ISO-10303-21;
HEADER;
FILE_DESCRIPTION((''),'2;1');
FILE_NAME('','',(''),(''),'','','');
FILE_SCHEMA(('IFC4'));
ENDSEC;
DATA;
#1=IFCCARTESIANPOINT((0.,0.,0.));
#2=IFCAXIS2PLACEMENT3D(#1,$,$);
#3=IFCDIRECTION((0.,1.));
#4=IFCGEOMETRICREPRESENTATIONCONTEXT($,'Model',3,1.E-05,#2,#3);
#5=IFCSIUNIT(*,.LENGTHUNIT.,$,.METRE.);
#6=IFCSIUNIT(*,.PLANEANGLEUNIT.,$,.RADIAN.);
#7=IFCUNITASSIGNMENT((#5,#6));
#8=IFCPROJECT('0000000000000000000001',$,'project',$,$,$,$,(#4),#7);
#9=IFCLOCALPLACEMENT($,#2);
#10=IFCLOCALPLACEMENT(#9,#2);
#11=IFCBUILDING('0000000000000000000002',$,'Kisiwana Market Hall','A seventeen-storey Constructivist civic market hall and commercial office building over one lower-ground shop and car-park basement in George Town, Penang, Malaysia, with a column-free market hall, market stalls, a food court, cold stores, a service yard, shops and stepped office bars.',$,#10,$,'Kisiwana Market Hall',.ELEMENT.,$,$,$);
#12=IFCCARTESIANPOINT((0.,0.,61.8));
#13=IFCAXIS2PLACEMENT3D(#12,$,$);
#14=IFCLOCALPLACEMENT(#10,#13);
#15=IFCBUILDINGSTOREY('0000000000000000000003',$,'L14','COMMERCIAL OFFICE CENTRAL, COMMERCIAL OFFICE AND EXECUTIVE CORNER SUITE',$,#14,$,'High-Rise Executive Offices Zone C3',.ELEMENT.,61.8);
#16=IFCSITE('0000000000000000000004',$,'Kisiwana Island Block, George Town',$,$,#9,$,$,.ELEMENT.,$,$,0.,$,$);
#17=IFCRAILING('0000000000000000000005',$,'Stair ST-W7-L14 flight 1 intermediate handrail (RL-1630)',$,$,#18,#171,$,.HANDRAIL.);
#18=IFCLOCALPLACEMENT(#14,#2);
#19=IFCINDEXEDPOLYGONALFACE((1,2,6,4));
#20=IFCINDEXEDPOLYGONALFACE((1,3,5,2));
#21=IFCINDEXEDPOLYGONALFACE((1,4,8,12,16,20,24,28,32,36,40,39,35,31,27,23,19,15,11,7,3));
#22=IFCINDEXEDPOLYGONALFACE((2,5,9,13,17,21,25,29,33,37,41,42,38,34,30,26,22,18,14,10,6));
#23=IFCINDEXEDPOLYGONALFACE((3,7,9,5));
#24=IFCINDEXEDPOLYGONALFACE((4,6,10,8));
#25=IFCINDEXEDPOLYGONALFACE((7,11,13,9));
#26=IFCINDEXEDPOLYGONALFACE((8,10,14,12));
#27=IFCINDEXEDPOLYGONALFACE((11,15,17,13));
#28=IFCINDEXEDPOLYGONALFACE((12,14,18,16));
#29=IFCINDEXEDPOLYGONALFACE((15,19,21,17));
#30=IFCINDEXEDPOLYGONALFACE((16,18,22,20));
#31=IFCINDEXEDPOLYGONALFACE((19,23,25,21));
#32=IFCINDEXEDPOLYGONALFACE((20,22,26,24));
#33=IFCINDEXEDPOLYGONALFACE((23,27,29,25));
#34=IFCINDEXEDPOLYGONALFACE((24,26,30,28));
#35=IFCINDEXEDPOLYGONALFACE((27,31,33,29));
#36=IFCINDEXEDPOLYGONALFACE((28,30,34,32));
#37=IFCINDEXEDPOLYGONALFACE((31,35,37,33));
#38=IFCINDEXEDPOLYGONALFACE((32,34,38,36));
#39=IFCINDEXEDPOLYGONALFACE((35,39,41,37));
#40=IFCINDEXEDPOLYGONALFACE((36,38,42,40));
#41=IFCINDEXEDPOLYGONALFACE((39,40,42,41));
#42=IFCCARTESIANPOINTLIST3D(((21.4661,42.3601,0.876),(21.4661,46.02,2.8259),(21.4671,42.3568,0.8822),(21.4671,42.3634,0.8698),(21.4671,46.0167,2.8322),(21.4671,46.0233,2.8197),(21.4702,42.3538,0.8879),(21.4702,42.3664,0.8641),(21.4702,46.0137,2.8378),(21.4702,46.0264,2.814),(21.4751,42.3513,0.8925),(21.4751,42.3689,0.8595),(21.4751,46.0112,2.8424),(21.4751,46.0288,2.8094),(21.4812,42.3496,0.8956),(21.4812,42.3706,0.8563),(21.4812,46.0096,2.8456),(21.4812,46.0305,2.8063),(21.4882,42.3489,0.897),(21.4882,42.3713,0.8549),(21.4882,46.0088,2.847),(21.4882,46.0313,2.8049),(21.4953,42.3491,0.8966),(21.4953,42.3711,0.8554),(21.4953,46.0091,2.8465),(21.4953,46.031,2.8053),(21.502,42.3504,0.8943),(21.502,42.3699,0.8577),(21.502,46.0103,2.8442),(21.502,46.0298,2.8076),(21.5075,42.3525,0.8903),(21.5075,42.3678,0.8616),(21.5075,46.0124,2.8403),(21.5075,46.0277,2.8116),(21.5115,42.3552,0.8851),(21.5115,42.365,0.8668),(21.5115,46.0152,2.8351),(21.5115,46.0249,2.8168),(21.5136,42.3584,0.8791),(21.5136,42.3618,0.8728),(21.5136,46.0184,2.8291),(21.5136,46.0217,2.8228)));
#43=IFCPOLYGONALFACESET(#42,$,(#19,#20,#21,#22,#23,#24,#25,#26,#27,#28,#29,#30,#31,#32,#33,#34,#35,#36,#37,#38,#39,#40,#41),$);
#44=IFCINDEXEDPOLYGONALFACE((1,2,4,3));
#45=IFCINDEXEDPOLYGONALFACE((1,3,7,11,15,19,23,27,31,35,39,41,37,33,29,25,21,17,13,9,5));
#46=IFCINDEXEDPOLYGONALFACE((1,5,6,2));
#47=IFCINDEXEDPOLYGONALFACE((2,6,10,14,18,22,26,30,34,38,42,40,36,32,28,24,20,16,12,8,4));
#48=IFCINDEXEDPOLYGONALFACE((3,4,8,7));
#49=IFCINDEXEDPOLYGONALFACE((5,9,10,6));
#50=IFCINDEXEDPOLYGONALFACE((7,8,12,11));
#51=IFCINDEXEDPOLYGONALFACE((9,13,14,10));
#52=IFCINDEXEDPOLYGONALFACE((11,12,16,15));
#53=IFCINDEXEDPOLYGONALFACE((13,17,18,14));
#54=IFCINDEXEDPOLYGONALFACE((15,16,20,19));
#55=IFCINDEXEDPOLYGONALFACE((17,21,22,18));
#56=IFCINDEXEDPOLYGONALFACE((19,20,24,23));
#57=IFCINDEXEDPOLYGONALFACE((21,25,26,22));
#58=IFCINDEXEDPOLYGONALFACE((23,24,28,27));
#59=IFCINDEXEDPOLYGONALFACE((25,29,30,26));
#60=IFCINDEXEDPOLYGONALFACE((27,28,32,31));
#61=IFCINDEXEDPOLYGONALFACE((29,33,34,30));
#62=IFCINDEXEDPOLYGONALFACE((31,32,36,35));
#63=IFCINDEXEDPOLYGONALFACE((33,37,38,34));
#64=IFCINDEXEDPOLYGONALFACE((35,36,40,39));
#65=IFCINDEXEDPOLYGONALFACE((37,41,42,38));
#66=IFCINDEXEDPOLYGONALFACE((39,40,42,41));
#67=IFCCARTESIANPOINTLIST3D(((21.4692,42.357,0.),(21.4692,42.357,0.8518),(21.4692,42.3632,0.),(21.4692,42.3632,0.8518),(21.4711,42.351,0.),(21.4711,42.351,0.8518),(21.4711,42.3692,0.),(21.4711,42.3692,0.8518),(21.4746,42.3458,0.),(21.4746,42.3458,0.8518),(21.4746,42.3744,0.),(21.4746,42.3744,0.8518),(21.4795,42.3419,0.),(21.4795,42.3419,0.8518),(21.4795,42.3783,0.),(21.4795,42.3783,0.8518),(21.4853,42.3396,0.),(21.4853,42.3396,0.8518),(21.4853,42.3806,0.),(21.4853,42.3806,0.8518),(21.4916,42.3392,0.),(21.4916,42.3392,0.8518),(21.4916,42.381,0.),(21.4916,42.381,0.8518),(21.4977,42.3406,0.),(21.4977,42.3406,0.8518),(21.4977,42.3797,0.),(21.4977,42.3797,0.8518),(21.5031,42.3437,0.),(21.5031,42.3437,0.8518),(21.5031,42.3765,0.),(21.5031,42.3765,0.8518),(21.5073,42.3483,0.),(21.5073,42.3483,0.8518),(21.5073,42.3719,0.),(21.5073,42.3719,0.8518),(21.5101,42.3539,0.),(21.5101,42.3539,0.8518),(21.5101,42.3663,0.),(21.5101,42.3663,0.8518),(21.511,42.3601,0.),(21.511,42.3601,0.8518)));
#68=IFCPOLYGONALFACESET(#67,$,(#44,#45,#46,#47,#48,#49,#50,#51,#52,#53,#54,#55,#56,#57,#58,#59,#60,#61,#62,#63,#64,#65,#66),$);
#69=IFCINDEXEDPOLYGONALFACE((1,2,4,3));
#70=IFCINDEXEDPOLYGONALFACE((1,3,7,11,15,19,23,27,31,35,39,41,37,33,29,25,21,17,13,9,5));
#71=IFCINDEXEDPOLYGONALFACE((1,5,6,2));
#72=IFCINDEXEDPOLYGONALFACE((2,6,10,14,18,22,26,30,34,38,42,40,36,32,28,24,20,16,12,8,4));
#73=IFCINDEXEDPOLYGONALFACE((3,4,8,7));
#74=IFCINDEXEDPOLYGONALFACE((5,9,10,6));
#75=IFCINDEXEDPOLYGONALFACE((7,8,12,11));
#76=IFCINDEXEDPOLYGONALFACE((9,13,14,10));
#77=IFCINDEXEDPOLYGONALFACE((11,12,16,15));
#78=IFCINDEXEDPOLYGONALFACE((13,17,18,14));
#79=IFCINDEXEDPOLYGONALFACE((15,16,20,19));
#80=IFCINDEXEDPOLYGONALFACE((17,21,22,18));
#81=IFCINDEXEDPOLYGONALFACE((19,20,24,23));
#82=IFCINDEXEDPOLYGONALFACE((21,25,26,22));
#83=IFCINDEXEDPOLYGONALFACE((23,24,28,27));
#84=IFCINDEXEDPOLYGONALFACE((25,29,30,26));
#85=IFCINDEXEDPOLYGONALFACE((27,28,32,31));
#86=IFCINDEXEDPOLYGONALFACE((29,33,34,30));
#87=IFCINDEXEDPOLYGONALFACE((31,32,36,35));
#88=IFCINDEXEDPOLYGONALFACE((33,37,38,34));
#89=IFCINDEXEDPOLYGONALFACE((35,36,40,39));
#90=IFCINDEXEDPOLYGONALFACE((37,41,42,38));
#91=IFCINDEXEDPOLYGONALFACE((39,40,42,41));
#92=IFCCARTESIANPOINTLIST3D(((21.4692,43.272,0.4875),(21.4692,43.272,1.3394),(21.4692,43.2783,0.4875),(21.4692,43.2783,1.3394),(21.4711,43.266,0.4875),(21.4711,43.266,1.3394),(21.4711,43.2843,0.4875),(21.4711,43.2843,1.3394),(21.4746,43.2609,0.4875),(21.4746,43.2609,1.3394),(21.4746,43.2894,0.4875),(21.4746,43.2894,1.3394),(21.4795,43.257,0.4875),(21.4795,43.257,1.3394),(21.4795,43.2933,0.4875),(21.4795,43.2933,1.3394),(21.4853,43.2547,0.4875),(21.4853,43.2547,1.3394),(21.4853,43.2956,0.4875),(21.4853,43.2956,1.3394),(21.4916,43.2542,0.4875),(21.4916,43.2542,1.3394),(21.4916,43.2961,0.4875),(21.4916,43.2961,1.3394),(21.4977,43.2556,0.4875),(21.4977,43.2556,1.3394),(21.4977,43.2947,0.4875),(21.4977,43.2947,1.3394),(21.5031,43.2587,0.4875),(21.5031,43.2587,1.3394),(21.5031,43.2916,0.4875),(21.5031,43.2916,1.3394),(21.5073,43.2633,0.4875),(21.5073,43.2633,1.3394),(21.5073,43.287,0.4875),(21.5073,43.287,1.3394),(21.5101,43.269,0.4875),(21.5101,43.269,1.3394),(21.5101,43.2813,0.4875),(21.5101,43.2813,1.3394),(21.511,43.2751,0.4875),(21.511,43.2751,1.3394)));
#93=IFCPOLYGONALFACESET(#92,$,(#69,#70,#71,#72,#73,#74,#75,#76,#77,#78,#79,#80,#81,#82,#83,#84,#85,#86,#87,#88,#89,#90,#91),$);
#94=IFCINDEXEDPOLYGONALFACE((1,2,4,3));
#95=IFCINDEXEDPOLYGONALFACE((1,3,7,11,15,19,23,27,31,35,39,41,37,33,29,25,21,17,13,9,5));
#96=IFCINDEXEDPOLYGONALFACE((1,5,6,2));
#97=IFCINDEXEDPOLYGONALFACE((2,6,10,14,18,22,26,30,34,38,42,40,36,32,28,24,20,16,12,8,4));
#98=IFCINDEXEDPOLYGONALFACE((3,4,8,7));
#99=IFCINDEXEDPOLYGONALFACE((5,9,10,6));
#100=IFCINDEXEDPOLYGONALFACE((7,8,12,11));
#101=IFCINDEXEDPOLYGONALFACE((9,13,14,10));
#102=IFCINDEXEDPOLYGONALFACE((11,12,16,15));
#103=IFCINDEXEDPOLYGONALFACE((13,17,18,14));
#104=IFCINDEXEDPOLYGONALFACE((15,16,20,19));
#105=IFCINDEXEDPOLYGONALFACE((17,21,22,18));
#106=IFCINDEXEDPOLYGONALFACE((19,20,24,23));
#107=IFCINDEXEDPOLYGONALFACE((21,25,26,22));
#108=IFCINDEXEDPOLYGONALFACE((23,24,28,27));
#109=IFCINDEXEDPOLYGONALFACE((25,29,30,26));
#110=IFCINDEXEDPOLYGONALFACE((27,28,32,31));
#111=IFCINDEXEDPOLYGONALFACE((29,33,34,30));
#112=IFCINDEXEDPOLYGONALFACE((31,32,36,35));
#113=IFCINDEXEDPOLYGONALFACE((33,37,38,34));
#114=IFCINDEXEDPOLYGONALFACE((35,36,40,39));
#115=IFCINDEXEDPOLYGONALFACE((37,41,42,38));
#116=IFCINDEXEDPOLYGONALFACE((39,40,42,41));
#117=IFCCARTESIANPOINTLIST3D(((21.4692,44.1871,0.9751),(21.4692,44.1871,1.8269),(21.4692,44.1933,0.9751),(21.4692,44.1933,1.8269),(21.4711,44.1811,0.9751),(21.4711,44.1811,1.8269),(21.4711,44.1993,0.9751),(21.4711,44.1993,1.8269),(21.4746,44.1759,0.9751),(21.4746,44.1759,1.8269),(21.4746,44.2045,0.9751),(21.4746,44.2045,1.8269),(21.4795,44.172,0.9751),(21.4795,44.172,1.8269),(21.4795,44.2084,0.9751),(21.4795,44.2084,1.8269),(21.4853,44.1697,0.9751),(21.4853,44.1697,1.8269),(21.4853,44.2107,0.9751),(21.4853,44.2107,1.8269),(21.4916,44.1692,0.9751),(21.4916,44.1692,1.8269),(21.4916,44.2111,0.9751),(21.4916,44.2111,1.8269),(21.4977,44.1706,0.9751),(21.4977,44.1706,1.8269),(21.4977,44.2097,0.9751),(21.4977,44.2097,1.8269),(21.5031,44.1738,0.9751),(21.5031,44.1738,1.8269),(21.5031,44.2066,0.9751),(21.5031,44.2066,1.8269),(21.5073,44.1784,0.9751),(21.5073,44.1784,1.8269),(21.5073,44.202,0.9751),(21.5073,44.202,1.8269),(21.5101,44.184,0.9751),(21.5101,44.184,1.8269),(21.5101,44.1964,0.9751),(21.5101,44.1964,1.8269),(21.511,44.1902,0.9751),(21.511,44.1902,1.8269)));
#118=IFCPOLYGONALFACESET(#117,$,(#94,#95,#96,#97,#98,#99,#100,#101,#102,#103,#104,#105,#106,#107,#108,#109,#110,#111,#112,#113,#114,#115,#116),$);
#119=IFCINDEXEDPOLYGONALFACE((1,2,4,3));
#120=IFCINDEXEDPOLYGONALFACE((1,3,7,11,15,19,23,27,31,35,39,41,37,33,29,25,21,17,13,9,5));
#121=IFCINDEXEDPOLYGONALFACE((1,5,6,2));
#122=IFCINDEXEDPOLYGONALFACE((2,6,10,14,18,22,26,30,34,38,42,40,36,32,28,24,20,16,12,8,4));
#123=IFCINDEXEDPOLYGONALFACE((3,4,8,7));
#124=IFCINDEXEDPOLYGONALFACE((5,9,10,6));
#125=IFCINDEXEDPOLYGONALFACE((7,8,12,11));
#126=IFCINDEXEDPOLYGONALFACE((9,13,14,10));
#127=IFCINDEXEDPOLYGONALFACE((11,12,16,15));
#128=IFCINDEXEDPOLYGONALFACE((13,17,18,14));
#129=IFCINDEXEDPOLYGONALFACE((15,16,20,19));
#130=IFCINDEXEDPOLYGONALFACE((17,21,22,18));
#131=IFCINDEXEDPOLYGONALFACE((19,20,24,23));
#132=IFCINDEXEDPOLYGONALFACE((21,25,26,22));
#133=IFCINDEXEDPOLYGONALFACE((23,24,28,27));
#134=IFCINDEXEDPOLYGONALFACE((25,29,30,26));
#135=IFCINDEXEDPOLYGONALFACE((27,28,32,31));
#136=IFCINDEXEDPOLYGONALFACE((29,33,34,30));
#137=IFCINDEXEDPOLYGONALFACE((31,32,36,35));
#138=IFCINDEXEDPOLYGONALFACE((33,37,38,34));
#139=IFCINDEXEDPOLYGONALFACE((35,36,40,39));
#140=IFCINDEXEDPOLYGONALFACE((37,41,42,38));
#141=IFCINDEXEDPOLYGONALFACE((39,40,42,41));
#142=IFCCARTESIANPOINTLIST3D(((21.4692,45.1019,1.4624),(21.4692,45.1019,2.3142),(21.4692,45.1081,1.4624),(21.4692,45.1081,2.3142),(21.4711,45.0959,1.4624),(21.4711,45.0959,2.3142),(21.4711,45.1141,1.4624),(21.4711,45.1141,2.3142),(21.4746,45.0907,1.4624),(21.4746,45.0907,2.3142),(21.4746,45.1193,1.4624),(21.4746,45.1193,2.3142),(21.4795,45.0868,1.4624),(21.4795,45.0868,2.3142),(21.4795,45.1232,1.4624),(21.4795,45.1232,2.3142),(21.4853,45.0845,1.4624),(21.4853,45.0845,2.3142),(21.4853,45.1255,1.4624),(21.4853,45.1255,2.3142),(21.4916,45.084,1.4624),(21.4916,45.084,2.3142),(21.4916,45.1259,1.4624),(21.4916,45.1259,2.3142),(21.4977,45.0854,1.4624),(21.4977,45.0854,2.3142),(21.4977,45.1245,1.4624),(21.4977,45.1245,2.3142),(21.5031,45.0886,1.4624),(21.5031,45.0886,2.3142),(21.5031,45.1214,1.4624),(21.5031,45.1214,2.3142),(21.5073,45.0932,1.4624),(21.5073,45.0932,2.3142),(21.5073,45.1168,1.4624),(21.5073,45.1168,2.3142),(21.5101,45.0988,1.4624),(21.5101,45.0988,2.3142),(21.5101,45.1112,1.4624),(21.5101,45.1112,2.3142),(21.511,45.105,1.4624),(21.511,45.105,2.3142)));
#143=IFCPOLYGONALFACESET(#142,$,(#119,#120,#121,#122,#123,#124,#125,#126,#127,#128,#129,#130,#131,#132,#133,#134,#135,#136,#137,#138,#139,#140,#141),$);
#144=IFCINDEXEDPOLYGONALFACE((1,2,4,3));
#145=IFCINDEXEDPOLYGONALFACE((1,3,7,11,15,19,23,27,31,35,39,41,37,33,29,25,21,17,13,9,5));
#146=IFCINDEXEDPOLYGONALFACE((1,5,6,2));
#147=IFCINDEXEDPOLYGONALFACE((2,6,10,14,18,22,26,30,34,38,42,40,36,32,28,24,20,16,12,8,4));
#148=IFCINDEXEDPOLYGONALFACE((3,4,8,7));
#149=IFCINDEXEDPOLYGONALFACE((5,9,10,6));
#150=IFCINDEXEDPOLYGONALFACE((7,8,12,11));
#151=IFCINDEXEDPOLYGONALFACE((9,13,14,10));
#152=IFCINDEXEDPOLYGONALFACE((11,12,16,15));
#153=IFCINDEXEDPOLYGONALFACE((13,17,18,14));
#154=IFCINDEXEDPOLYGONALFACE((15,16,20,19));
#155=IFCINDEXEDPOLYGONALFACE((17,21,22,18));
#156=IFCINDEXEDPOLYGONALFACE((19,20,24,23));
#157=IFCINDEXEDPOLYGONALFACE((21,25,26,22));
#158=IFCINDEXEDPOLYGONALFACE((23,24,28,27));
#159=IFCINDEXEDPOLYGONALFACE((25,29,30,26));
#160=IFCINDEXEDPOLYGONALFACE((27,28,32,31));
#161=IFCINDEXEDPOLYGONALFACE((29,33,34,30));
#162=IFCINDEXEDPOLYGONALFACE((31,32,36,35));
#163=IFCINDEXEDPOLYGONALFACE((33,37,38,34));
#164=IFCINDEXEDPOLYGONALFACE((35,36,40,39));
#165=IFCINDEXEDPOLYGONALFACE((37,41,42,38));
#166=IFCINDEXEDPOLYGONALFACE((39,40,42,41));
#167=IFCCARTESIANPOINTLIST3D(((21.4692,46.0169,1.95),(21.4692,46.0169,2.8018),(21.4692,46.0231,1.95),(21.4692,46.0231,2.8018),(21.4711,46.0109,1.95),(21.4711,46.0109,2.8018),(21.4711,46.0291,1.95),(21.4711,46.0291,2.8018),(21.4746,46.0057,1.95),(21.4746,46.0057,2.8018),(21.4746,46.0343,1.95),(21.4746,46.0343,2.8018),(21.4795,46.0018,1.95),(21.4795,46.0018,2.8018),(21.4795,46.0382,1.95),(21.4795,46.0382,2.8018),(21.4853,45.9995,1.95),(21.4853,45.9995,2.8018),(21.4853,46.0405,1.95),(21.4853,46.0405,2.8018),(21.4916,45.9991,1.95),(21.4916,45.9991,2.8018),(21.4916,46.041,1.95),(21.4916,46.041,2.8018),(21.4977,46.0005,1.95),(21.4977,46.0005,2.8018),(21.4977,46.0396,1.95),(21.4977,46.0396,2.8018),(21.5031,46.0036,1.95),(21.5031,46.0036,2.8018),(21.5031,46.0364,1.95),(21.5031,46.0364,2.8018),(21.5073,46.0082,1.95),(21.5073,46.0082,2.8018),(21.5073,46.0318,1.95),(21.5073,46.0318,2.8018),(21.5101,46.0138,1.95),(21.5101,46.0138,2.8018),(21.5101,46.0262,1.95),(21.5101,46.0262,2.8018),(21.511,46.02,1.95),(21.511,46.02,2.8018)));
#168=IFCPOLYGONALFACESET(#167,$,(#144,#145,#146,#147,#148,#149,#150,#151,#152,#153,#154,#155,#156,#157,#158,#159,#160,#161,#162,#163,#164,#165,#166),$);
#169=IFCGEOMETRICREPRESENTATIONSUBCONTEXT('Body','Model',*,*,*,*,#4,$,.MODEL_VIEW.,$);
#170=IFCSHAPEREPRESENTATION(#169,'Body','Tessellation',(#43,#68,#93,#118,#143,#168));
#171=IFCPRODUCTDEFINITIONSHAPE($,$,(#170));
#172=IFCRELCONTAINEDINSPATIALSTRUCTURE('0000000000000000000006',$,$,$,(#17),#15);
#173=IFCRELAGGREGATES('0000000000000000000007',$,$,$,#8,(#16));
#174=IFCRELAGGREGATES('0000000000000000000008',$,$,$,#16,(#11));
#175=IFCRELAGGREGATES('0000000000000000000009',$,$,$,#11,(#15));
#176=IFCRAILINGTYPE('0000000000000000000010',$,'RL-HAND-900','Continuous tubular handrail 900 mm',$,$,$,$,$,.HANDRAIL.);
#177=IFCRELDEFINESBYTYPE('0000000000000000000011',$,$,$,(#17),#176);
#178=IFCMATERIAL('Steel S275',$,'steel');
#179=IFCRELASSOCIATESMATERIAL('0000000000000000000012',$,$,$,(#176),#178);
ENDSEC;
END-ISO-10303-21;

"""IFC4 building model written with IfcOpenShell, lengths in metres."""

from ifc_helpers import new_model, si_unit, direction, frame, origin, origin_2d, place, context, subcontext, project, spatial, circle, extrude, material, type_object, element, save


model = new_model("IFC4")

# Units and contexts
model_context = context("Model", 3, precision=1e-05, world=origin(), true_north=direction((0.0, 1.0)))
body_context = subcontext(model_context, "Body", "Model", "MODEL_VIEW")
ifc_project = project(units=[si_unit("LENGTHUNIT", "METRE"), si_unit("PLANEANGLEUNIT", "RADIAN")], contexts=[model_context])

# Site, building, storey
site_placement = place(None, origin())
site = spatial("IfcSite", under=ifc_project, at=site_placement, Name="Kisiwana Island Block, George Town", CompositionType="ELEMENT", RefElevation=0.0)
building_placement = place(site_placement, origin())
building = spatial("IfcBuilding", under=site, at=building_placement, Name="Kisiwana Market Hall", Description="A seventeen-storey Constructivist civic market hall and commercial office building over one lower-ground shop and car-park basement in George Town, Penang, Malaysia, with a column-free market hall, market stalls, a food court, cold stores, a service yard, shops and stepped office bars.", LongName="Kisiwana Market Hall", CompositionType="ELEMENT")
storey_placement = place(building_placement, frame((0.0, 0.0, 61.8)))
storey = spatial("IfcBuildingStorey", under=building, at=storey_placement, Name="L14", Description="COMMERCIAL OFFICE CENTRAL, COMMERCIAL OFFICE AND EXECUTIVE CORNER SUITE", LongName="High-Rise Executive Offices Zone C3", CompositionType="ELEMENT", Elevation=61.8)

# Railing
ifc_material_1 = material(Name="Steel S275", Category="steel")
railing_type_1 = type_object("IfcRailingType", Name="RL-HAND-900", Description="Continuous tubular handrail 900 mm", PredefinedType="HANDRAIL", material=ifc_material_1)
railing_1_placement = place(storey_placement, frame((21.49, 42.3601, 0.0)))
element("IfcRailing", 1, at=railing_1_placement, inside=storey, type_object=railing_type_1, Name="Stair ST-W7-L14 flight 1 intermediate handrail (RL-1630)", PredefinedType="HANDRAIL", context=body_context, shape_type="SweptSolid", body=[
    extrude(circle(Radius=0.0239, at=origin_2d()), frame((0.0, 0.0, 0.876), z_axis=(0.0, 0.882553, 0.470212), x_axis=(-1.0, 0.0, 0.0)), (0.0, 0.0, 1.0), 4.147),
    extrude(circle(Radius=0.021, at=origin_2d()), origin(), (0.0, 0.0, 1.0), 0.8518),
    extrude(circle(Radius=0.021, at=origin_2d()), frame((0.0, 0.915, 0.4875)), (0.0, 0.0, 1.0), 0.8518),
    extrude(circle(Radius=0.021, at=origin_2d()), frame((0.0, 1.8301, 0.9751)), (0.0, 0.0, 1.0), 0.8518),
    extrude(circle(Radius=0.021, at=origin_2d()), frame((0.0, 2.7449, 1.4624)), (0.0, 0.0, 1.0), 0.8518),
    extrude(circle(Radius=0.021, at=origin_2d()), frame((0.0, 3.6599, 1.95)), (0.0, 0.0, 1.0), 0.8518),
])

save(model, "model.ifc")
